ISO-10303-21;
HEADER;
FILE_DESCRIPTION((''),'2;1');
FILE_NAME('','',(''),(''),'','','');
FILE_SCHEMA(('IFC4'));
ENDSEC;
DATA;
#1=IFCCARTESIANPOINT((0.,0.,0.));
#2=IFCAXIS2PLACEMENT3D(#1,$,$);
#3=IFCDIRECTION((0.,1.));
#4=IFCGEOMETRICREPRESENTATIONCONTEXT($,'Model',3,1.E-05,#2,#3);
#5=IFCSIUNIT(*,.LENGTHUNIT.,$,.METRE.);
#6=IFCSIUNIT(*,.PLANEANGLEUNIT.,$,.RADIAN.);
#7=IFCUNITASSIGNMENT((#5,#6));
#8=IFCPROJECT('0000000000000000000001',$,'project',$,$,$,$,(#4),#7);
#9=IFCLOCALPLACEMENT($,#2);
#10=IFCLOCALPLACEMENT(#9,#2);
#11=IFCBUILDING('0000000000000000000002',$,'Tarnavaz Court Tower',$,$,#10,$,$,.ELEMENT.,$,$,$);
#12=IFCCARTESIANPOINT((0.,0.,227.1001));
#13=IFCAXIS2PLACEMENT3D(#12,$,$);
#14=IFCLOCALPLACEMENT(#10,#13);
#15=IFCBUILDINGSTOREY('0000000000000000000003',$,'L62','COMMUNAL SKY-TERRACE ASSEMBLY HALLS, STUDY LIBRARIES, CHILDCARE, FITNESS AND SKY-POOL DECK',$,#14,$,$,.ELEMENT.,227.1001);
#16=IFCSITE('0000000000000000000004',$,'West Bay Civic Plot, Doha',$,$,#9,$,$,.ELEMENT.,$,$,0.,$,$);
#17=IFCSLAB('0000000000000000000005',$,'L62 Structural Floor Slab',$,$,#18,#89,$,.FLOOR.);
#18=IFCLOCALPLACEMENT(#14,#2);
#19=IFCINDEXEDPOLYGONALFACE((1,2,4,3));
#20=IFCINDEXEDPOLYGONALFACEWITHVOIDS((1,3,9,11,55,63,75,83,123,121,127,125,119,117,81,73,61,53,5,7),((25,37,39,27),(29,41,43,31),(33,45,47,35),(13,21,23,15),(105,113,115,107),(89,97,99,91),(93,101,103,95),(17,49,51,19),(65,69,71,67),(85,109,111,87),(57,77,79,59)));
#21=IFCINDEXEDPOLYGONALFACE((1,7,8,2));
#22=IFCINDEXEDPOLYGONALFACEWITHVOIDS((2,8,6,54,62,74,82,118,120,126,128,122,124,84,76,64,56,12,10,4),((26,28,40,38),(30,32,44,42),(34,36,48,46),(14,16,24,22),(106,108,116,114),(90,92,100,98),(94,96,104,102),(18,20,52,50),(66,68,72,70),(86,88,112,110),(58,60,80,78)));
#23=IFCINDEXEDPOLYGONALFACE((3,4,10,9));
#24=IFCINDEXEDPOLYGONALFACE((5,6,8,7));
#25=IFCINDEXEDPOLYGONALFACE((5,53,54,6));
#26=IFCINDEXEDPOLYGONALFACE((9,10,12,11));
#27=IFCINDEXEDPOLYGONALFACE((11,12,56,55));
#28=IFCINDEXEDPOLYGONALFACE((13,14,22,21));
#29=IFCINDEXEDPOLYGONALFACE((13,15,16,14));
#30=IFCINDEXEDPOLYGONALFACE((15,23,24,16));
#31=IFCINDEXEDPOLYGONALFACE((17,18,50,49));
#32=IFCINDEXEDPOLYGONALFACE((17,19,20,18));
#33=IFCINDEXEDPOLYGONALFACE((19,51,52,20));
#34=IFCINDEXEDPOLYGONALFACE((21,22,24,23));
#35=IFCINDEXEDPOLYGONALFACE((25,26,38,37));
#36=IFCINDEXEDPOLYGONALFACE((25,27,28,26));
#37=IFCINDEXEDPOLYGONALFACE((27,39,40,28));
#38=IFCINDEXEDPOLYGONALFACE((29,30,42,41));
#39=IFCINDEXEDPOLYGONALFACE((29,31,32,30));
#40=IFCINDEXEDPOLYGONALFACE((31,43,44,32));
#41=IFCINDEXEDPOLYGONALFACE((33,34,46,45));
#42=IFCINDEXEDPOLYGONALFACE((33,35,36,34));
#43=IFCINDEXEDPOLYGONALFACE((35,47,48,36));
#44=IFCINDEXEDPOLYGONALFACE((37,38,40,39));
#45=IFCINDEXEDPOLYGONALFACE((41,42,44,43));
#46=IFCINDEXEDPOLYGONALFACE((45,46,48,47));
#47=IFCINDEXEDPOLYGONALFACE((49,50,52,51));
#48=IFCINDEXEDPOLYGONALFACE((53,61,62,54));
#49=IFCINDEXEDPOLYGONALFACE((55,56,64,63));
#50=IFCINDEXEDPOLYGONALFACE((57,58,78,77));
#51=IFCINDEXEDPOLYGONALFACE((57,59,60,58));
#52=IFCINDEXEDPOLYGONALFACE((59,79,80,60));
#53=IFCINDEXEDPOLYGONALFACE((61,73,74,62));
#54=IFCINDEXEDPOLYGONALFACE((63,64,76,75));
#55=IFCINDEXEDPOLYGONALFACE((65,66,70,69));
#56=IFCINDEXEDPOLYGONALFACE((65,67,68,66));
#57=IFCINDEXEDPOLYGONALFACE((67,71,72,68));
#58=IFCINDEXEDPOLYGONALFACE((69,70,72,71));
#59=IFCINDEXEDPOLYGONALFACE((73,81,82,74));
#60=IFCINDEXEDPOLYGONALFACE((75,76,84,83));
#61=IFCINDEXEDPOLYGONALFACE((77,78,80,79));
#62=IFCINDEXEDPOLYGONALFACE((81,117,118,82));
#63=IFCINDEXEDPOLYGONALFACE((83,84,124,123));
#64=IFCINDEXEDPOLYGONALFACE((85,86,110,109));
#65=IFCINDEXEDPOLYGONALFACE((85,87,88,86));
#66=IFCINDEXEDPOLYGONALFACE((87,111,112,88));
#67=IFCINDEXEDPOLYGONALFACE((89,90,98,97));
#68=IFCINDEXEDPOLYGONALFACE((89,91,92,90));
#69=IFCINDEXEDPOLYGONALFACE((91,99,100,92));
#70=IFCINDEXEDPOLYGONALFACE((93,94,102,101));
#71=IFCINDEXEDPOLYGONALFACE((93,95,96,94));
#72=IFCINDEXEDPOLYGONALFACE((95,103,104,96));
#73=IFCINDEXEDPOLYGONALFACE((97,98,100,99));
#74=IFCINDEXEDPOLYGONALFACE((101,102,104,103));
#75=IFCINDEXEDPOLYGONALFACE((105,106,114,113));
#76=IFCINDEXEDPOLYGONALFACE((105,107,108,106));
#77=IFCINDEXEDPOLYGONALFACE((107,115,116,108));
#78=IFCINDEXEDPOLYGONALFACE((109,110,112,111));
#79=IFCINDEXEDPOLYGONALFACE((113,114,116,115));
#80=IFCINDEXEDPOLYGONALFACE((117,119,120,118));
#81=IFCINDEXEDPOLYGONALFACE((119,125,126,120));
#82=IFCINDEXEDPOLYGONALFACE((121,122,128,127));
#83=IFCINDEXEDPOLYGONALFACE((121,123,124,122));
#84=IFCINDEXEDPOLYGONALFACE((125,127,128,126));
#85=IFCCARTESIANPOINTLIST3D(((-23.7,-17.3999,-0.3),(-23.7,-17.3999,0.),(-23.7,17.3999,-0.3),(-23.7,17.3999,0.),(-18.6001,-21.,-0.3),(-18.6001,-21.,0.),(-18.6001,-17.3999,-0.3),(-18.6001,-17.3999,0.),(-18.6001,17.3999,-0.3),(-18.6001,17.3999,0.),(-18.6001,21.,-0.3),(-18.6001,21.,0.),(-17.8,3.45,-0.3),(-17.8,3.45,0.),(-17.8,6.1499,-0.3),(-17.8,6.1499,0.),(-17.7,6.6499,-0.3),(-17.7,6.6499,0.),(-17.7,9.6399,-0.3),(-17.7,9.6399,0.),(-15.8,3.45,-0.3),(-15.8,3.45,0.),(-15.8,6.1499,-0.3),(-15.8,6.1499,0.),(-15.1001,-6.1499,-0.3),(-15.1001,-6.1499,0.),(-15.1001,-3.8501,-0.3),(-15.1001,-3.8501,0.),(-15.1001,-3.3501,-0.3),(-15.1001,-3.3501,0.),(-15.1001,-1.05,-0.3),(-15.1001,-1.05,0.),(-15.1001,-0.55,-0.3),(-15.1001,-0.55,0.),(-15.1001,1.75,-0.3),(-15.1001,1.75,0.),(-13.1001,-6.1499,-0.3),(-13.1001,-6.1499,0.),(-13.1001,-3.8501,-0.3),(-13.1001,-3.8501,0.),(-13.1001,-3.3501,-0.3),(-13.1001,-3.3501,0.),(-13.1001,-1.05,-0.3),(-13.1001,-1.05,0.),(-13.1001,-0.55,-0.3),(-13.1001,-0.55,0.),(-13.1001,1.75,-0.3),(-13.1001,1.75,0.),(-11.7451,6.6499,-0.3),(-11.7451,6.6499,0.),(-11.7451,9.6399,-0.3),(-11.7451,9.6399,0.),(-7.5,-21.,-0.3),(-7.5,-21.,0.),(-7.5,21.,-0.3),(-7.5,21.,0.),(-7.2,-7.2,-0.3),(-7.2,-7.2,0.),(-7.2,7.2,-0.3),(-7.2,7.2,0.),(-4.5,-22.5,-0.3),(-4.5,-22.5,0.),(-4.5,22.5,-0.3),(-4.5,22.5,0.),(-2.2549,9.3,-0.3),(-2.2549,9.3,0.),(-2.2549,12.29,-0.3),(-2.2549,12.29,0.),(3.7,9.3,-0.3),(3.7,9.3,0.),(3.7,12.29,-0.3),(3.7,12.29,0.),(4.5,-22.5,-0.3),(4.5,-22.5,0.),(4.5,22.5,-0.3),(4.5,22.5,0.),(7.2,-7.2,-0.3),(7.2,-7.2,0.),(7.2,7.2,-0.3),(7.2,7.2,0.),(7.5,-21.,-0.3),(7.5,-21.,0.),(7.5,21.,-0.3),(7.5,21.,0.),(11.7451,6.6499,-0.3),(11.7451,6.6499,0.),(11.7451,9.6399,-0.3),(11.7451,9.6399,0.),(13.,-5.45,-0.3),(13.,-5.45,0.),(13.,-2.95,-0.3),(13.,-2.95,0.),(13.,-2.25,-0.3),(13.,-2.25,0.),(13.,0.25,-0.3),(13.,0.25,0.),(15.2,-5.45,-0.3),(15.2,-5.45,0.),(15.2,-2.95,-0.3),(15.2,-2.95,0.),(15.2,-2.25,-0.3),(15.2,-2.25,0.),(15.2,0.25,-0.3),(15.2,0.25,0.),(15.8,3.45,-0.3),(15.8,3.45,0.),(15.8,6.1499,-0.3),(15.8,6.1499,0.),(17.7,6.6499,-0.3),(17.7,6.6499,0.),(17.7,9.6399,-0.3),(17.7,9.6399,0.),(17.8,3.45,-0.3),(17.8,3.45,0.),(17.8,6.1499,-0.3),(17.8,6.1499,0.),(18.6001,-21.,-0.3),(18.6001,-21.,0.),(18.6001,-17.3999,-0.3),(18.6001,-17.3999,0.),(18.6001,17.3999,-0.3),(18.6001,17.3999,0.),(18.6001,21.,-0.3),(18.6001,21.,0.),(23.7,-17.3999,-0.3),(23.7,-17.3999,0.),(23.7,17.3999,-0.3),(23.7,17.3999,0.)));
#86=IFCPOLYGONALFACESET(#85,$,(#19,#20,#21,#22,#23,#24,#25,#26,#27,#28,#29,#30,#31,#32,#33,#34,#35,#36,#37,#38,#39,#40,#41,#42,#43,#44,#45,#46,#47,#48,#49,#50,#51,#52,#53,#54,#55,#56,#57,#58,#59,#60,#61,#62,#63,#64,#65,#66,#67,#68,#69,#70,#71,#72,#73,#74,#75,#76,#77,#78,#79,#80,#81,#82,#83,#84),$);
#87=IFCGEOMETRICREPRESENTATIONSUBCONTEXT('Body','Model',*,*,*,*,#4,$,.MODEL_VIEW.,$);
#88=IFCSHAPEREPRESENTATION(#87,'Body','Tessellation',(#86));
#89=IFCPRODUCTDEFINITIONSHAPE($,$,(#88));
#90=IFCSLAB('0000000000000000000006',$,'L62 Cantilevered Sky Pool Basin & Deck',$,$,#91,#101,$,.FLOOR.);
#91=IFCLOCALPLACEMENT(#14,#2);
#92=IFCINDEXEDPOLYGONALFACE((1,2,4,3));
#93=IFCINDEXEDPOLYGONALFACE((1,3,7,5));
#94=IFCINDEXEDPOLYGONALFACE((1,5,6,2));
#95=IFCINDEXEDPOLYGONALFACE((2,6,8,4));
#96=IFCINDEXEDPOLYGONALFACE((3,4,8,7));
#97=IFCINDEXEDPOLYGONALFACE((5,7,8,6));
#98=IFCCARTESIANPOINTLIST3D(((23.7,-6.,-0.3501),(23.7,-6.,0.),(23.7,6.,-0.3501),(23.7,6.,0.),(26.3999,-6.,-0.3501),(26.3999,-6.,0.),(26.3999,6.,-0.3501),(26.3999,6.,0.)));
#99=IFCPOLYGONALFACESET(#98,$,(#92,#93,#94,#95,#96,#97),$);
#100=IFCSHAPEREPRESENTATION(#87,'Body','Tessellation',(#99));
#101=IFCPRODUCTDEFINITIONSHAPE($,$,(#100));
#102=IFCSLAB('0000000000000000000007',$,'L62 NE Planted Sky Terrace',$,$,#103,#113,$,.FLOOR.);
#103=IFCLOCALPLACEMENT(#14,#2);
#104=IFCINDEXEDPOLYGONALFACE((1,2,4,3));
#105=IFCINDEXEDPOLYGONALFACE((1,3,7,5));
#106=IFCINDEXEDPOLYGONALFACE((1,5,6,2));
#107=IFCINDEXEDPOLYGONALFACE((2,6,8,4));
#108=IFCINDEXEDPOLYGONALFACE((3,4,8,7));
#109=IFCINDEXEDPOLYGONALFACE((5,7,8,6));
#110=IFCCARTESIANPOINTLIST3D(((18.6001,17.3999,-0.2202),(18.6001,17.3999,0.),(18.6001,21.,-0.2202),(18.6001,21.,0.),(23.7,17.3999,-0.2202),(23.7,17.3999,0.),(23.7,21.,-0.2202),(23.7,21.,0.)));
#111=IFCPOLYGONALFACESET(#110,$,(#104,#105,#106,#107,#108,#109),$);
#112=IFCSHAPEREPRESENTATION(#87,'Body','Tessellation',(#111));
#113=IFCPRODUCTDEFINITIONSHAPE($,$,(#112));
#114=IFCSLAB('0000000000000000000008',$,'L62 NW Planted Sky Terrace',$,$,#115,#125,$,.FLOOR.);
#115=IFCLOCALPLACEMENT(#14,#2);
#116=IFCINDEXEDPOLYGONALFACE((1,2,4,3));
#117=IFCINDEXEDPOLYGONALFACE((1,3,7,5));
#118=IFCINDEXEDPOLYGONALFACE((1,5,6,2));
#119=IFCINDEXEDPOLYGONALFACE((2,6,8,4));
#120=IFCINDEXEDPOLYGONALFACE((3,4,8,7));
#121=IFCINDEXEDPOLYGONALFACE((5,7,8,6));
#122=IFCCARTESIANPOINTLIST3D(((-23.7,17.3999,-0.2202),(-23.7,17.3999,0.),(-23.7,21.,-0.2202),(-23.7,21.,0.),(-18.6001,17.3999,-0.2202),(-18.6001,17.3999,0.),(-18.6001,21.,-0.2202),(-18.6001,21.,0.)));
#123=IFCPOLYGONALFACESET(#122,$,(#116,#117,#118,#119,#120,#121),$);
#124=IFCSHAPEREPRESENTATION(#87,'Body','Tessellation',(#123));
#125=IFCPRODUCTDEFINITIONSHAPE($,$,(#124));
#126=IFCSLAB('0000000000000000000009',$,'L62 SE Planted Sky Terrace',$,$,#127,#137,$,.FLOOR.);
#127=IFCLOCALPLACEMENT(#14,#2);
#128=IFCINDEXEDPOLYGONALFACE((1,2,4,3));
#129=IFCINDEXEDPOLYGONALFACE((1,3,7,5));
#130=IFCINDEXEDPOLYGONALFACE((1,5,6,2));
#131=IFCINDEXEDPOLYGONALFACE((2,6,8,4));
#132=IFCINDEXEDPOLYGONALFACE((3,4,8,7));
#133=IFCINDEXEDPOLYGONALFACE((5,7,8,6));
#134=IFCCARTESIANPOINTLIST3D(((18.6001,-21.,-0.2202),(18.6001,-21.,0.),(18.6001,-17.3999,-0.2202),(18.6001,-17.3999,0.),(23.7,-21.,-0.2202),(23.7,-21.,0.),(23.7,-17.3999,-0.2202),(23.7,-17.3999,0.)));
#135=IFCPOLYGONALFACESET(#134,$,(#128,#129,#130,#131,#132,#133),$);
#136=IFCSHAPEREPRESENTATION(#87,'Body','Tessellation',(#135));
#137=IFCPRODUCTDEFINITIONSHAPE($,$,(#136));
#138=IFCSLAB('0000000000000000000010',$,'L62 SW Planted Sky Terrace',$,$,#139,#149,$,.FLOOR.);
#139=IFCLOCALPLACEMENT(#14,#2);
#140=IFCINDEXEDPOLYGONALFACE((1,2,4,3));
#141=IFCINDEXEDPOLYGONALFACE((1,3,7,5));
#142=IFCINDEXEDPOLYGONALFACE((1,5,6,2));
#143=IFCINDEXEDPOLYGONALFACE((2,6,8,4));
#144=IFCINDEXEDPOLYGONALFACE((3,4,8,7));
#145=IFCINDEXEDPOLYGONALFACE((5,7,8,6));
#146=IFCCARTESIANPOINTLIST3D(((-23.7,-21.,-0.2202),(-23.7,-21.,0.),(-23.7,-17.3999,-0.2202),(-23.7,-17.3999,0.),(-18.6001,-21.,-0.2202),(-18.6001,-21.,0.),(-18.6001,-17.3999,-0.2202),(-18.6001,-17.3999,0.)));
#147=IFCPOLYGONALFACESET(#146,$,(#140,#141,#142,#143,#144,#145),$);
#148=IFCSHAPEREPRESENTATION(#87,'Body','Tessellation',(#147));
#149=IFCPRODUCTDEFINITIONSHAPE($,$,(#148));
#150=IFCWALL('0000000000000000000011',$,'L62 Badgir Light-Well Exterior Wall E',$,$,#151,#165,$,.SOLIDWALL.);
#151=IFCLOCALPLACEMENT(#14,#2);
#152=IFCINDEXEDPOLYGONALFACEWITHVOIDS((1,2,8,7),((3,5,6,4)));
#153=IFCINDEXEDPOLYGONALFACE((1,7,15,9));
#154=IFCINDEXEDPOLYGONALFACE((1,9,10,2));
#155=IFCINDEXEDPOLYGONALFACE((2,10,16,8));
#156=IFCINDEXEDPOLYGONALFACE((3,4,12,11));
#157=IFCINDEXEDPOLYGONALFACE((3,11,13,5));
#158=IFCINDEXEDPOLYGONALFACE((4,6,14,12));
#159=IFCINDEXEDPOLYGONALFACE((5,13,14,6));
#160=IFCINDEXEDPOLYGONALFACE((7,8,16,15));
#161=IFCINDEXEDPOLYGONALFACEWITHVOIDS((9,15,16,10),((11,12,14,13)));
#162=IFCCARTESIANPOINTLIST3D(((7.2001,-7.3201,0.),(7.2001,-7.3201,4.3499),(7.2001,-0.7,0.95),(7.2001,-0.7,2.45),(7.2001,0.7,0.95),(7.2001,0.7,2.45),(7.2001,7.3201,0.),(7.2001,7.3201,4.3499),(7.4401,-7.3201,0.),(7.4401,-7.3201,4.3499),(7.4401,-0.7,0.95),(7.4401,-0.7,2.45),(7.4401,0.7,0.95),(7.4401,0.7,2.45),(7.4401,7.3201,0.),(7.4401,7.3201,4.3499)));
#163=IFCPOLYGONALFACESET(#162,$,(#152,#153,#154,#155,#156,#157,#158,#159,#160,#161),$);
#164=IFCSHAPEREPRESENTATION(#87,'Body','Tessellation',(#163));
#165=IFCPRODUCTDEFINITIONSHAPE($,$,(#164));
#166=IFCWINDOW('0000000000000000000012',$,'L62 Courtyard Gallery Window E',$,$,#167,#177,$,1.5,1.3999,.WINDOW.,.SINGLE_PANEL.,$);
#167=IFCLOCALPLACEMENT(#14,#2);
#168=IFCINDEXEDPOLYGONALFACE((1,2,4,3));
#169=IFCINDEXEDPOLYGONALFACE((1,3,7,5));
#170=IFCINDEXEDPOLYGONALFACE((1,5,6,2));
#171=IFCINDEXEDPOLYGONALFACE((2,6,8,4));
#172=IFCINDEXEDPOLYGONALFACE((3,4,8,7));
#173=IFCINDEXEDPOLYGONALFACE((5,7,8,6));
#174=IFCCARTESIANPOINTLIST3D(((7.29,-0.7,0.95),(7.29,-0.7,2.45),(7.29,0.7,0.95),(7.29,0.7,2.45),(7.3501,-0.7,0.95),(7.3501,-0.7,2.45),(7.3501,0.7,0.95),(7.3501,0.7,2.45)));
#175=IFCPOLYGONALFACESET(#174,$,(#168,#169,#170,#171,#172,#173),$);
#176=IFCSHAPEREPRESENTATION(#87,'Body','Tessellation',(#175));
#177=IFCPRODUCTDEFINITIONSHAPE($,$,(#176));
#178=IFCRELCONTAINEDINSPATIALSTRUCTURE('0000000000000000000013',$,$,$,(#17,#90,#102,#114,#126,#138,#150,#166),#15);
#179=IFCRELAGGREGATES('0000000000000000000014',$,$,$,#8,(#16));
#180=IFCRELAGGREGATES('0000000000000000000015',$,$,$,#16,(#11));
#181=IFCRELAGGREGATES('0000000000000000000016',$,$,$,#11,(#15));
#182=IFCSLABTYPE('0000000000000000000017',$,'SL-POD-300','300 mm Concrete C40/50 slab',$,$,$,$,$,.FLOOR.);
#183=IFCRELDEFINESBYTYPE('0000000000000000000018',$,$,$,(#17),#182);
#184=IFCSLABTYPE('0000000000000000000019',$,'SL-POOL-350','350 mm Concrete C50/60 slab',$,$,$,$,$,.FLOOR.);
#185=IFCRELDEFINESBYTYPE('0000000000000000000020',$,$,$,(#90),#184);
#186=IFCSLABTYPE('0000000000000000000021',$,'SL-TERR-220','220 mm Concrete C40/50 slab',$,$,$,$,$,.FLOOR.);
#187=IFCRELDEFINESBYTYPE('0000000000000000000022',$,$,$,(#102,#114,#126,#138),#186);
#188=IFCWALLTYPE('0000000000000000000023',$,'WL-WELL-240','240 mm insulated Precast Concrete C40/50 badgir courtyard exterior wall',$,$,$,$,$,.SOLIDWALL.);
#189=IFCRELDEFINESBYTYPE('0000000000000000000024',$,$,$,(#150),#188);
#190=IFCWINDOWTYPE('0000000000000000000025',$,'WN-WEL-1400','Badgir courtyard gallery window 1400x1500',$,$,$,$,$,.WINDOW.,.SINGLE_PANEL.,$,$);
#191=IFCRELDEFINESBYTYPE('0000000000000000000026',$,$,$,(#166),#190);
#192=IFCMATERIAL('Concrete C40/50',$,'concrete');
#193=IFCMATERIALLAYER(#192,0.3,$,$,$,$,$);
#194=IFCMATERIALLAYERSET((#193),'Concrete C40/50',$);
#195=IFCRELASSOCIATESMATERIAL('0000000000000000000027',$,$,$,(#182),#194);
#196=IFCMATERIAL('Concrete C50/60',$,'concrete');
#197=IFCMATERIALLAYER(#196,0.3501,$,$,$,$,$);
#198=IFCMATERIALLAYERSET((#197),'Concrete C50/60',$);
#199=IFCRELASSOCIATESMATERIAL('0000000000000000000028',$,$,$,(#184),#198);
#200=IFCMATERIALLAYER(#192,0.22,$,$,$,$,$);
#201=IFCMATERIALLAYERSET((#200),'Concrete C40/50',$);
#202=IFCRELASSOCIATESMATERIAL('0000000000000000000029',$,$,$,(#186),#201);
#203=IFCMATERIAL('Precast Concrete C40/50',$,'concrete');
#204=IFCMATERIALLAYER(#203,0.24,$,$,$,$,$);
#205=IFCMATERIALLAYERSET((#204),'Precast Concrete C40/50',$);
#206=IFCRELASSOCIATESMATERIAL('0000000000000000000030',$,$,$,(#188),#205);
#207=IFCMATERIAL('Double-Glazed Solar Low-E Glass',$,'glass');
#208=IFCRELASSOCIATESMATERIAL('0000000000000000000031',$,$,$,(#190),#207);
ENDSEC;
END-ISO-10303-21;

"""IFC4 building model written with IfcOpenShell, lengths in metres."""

from ifc_helpers import new_model, si_unit, direction, frame, frame_2d, origin, place, context, subcontext, project, spatial, polyline, rectangle, outline, extrude, material, layer, layer_set, type_object, element, fill, save


model = new_model("IFC4")

# Units and contexts
model_context = context("Model", 3, precision=1e-05, world=origin(), true_north=direction((0.0, 1.0)))
body_context = subcontext(model_context, "Body", "Model", "MODEL_VIEW")
ifc_project = project(units=[si_unit("LENGTHUNIT", "METRE"), si_unit("PLANEANGLEUNIT", "RADIAN")], contexts=[model_context])

# Site, building, storey
site_placement = place(None, origin())
site = spatial("IfcSite", under=ifc_project, at=site_placement, Name="West Bay Civic Plot, Doha", CompositionType="ELEMENT", RefElevation=0.0)
building_placement = place(site_placement, origin())
building = spatial("IfcBuilding", under=site, at=building_placement, Name="Tarnavaz Court Tower", CompositionType="ELEMENT")
storey_placement = place(building_placement, frame((0.0, 0.0, 227.1001)))
storey = spatial("IfcBuildingStorey", under=building, at=storey_placement, Name="L62", Description="COMMUNAL SKY-TERRACE ASSEMBLY HALLS, STUDY LIBRARIES, CHILDCARE, FITNESS AND SKY-POOL DECK", CompositionType="ELEMENT", Elevation=227.1001)

# Shared definitions
ifc_material_1 = material(Name="Double-Glazed Solar Low-E Glass", Category="glass")

# Shared definitions
ifc_material_2 = material(Name="Concrete C40/50", Category="concrete")

# Slabs
ifc_layer_1 = layer(ifc_material_2, 0.3)
ifc_layer_set_1 = layer_set([ifc_layer_1], Name="Concrete C40/50")
slab_type_1 = type_object("IfcSlabType", Name="SL-POD-300", Description="300 mm Concrete C40/50 slab", PredefinedType="FLOOR", material=ifc_layer_set_1)
slab_1_placement = place(storey_placement, frame((0.0, 0.0, -0.3)))
element("IfcSlab", 1, at=slab_1_placement, inside=storey, type_object=slab_type_1, Name="L62 Structural Floor Slab", PredefinedType="FLOOR", context=body_context, shape_type="SweptSolid", body=[
    extrude(outline(polyline([(-18.6001, -21.0), (-7.5, -21.0), (-4.5, -22.5), (4.5, -22.5), (7.5, -21.0), (18.6001, -21.0), (18.6001, -17.3999), (23.7, -17.3999), (23.7, 17.3999), (18.6001, 17.3999), (18.6001, 21.0), (7.5, 21.0), (4.5, 22.5), (-4.5, 22.5), (-7.5, 21.0), (-18.6001, 21.0), (-18.6001, 17.3999), (-23.7, 17.3999), (-23.7, -17.3999), (-18.6001, -17.3999), (-18.6001, -21.0)]), holes=[polyline([(-7.2, -7.2), (7.2, -7.2), (7.2, 7.2), (-7.2, 7.2), (-7.2, -7.2)]), polyline([(-11.7451, 9.6399), (-17.7, 9.6399), (-17.7, 6.6499), (-11.7451, 6.6499), (-11.7451, 9.6399)]), polyline([(11.7451, 6.6499), (17.7, 6.6499), (17.7, 9.6399), (11.7451, 9.6399), (11.7451, 6.6499)]), polyline([(-2.2549, 9.3), (3.7, 9.3), (3.7, 12.29), (-2.2549, 12.29), (-2.2549, 9.3)]), polyline([(-17.8, 3.45), (-15.8, 3.45), (-15.8, 6.1499), (-17.8, 6.1499), (-17.8, 3.45)]), polyline([(-15.1001, -6.1499), (-13.1001, -6.1499), (-13.1001, -3.8501), (-15.1001, -3.8501), (-15.1001, -6.1499)]), polyline([(-15.1001, -3.3501), (-13.1001, -3.3501), (-13.1001, -1.05), (-15.1001, -1.05), (-15.1001, -3.3501)]), polyline([(-15.1001, -0.55), (-13.1001, -0.55), (-13.1001, 1.75), (-15.1001, 1.75), (-15.1001, -0.55)]), polyline([(15.8, 3.45), (17.8, 3.45), (17.8, 6.1499), (15.8, 6.1499), (15.8, 3.45)]), polyline([(13.0, -5.45), (15.2, -5.45), (15.2, -2.95), (13.0, -2.95), (13.0, -5.45)]), polyline([(13.0, -2.25), (15.2, -2.25), (15.2, 0.25), (13.0, 0.25), (13.0, -2.25)])]), origin(), (0.0, 0.0, 1.0), 0.3),
])
ifc_material_3 = material(Name="Concrete C50/60", Category="concrete")
ifc_layer_2 = layer(ifc_material_3, 0.3501)
ifc_layer_set_2 = layer_set([ifc_layer_2], Name="Concrete C50/60")
slab_type_2 = type_object("IfcSlabType", Name="SL-POOL-350", Description="350 mm Concrete C50/60 slab", PredefinedType="FLOOR", material=ifc_layer_set_2)
slab_2_placement = place(storey_placement, frame((0.0, 0.0, -0.3501)))
element("IfcSlab", 2, at=slab_2_placement, inside=storey, type_object=slab_type_2, Name="L62 Cantilevered Sky Pool Basin & Deck", PredefinedType="FLOOR", context=body_context, shape_type="SweptSolid", body=[
    extrude(outline(polyline([(23.7, -6.0), (26.3999, -6.0), (26.3999, 6.0), (23.7, 6.0), (23.7, -6.0)])), origin(), (0.0, 0.0, 1.0), 0.3501),
])
ifc_layer_3 = layer(ifc_material_2, 0.22)
ifc_layer_set_3 = layer_set([ifc_layer_3], Name="Concrete C40/50")
slab_type_3 = type_object("IfcSlabType", Name="SL-TERR-220", Description="220 mm Concrete C40/50 slab", PredefinedType="FLOOR", material=ifc_layer_set_3)
slab_3_placement = place(storey_placement, frame((0.0, 0.0, -0.2202)))
element("IfcSlab", 3, at=slab_3_placement, inside=storey, type_object=slab_type_3, Name="L62 NE Planted Sky Terrace", PredefinedType="FLOOR", context=body_context, shape_type="SweptSolid", body=[
    extrude(outline(polyline([(18.6001, 17.3999), (23.7, 17.3999), (23.7, 21.0), (18.6001, 21.0), (18.6001, 17.3999)])), origin(), (0.0, 0.0, 1.0), 0.2202),
])
slab_4_placement = place(storey_placement, frame((0.0, 0.0, -0.2202)))
element("IfcSlab", 4, at=slab_4_placement, inside=storey, type_object=slab_type_3, Name="L62 NW Planted Sky Terrace", PredefinedType="FLOOR", context=body_context, shape_type="SweptSolid", body=[
    extrude(outline(polyline([(-23.7, 17.3999), (-18.6001, 17.3999), (-18.6001, 21.0), (-23.7, 21.0), (-23.7, 17.3999)])), origin(), (0.0, 0.0, 1.0), 0.2202),
])
slab_5_placement = place(storey_placement, frame((0.0, 0.0, -0.2202)))
element("IfcSlab", 5, at=slab_5_placement, inside=storey, type_object=slab_type_3, Name="L62 SE Planted Sky Terrace", PredefinedType="FLOOR", context=body_context, shape_type="SweptSolid", body=[
    extrude(outline(polyline([(18.6001, -21.0), (23.7, -21.0), (23.7, -17.3999), (18.6001, -17.3999), (18.6001, -21.0)])), origin(), (0.0, 0.0, 1.0), 0.2202),
])
slab_6_placement = place(storey_placement, frame((0.0, 0.0, -0.2202)))
element("IfcSlab", 6, at=slab_6_placement, inside=storey, type_object=slab_type_3, Name="L62 SW Planted Sky Terrace", PredefinedType="FLOOR", context=body_context, shape_type="SweptSolid", body=[
    extrude(outline(polyline([(-23.7, -21.0), (-18.6001, -21.0), (-18.6001, -17.3999), (-23.7, -17.3999), (-23.7, -21.0)])), origin(), (0.0, 0.0, 1.0), 0.2202),
])

# Wall, opening, window
ifc_material_4 = material(Name="Precast Concrete C40/50", Category="concrete")
ifc_layer_4 = layer(ifc_material_4, 0.24)
ifc_layer_set_4 = layer_set([ifc_layer_4], Name="Precast Concrete C40/50")
wall_type = type_object("IfcWallType", Name="WL-WELL-240", Description="240 mm insulated Precast Concrete C40/50 badgir courtyard exterior wall", PredefinedType="SOLIDWALL", material=ifc_layer_set_4)
wall_placement = place(storey_placement, frame((7.3201, -7.3201, 0.0), z_axis=(0.0, 0.0, 1.0), x_axis=(0.0, 1.0, 0.0)))
wall = element("IfcWall", 7, at=wall_placement, inside=storey, type_object=wall_type, Name="L62 Badgir Light-Well Exterior Wall E", PredefinedType="SOLIDWALL", context=body_context, shape_type="SweptSolid", body=[
    extrude(rectangle(XDim=14.6401, YDim=0.24, at=frame_2d((7.3201, 0.0))), origin(), (0.0, 0.0, 1.0), 4.3499),
])
opening_placement = place(wall_placement, frame((6.6201, 0.0, 0.95)))
opening = element("IfcOpeningElement", 8, at=opening_placement, cuts=wall, PredefinedType="OPENING", context=body_context, shape_type="SweptSolid", body=[
    extrude(rectangle(XDim=1.3999, YDim=1.5, at=frame_2d((0.7, 0.75))), frame((0.0, 0.1299, 0.0), z_axis=(0.0, -1.0, 0.0), x_axis=(1.0, 0.0, 0.0)), (0.0, 0.0, 1.0), 0.26),
])
window_type = type_object("IfcWindowType", Name="WN-WEL-1400", Description="Badgir courtyard gallery window 1400x1500", PartitioningType="SINGLE_PANEL", PredefinedType="WINDOW", material=ifc_material_1)
window_placement = place(opening_placement, origin())
window = element("IfcWindow", 9, at=window_placement, inside=storey, type_object=window_type, Name="L62 Courtyard Gallery Window E", OverallHeight=1.5, OverallWidth=1.3999, PartitioningType="SINGLE_PANEL", PredefinedType="WINDOW", context=body_context, shape_type="SweptSolid", body=[
    extrude(rectangle(XDim=1.3999, YDim=1.5, at=frame_2d((0.7, 0.75))), frame((0.0, 0.03, 0.0), z_axis=(0.0, -1.0, 0.0), x_axis=(1.0, 0.0, 0.0)), (0.0, 0.0, 1.0), 0.0601),
])
fill(opening, window)

save(model, "model.ifc")
